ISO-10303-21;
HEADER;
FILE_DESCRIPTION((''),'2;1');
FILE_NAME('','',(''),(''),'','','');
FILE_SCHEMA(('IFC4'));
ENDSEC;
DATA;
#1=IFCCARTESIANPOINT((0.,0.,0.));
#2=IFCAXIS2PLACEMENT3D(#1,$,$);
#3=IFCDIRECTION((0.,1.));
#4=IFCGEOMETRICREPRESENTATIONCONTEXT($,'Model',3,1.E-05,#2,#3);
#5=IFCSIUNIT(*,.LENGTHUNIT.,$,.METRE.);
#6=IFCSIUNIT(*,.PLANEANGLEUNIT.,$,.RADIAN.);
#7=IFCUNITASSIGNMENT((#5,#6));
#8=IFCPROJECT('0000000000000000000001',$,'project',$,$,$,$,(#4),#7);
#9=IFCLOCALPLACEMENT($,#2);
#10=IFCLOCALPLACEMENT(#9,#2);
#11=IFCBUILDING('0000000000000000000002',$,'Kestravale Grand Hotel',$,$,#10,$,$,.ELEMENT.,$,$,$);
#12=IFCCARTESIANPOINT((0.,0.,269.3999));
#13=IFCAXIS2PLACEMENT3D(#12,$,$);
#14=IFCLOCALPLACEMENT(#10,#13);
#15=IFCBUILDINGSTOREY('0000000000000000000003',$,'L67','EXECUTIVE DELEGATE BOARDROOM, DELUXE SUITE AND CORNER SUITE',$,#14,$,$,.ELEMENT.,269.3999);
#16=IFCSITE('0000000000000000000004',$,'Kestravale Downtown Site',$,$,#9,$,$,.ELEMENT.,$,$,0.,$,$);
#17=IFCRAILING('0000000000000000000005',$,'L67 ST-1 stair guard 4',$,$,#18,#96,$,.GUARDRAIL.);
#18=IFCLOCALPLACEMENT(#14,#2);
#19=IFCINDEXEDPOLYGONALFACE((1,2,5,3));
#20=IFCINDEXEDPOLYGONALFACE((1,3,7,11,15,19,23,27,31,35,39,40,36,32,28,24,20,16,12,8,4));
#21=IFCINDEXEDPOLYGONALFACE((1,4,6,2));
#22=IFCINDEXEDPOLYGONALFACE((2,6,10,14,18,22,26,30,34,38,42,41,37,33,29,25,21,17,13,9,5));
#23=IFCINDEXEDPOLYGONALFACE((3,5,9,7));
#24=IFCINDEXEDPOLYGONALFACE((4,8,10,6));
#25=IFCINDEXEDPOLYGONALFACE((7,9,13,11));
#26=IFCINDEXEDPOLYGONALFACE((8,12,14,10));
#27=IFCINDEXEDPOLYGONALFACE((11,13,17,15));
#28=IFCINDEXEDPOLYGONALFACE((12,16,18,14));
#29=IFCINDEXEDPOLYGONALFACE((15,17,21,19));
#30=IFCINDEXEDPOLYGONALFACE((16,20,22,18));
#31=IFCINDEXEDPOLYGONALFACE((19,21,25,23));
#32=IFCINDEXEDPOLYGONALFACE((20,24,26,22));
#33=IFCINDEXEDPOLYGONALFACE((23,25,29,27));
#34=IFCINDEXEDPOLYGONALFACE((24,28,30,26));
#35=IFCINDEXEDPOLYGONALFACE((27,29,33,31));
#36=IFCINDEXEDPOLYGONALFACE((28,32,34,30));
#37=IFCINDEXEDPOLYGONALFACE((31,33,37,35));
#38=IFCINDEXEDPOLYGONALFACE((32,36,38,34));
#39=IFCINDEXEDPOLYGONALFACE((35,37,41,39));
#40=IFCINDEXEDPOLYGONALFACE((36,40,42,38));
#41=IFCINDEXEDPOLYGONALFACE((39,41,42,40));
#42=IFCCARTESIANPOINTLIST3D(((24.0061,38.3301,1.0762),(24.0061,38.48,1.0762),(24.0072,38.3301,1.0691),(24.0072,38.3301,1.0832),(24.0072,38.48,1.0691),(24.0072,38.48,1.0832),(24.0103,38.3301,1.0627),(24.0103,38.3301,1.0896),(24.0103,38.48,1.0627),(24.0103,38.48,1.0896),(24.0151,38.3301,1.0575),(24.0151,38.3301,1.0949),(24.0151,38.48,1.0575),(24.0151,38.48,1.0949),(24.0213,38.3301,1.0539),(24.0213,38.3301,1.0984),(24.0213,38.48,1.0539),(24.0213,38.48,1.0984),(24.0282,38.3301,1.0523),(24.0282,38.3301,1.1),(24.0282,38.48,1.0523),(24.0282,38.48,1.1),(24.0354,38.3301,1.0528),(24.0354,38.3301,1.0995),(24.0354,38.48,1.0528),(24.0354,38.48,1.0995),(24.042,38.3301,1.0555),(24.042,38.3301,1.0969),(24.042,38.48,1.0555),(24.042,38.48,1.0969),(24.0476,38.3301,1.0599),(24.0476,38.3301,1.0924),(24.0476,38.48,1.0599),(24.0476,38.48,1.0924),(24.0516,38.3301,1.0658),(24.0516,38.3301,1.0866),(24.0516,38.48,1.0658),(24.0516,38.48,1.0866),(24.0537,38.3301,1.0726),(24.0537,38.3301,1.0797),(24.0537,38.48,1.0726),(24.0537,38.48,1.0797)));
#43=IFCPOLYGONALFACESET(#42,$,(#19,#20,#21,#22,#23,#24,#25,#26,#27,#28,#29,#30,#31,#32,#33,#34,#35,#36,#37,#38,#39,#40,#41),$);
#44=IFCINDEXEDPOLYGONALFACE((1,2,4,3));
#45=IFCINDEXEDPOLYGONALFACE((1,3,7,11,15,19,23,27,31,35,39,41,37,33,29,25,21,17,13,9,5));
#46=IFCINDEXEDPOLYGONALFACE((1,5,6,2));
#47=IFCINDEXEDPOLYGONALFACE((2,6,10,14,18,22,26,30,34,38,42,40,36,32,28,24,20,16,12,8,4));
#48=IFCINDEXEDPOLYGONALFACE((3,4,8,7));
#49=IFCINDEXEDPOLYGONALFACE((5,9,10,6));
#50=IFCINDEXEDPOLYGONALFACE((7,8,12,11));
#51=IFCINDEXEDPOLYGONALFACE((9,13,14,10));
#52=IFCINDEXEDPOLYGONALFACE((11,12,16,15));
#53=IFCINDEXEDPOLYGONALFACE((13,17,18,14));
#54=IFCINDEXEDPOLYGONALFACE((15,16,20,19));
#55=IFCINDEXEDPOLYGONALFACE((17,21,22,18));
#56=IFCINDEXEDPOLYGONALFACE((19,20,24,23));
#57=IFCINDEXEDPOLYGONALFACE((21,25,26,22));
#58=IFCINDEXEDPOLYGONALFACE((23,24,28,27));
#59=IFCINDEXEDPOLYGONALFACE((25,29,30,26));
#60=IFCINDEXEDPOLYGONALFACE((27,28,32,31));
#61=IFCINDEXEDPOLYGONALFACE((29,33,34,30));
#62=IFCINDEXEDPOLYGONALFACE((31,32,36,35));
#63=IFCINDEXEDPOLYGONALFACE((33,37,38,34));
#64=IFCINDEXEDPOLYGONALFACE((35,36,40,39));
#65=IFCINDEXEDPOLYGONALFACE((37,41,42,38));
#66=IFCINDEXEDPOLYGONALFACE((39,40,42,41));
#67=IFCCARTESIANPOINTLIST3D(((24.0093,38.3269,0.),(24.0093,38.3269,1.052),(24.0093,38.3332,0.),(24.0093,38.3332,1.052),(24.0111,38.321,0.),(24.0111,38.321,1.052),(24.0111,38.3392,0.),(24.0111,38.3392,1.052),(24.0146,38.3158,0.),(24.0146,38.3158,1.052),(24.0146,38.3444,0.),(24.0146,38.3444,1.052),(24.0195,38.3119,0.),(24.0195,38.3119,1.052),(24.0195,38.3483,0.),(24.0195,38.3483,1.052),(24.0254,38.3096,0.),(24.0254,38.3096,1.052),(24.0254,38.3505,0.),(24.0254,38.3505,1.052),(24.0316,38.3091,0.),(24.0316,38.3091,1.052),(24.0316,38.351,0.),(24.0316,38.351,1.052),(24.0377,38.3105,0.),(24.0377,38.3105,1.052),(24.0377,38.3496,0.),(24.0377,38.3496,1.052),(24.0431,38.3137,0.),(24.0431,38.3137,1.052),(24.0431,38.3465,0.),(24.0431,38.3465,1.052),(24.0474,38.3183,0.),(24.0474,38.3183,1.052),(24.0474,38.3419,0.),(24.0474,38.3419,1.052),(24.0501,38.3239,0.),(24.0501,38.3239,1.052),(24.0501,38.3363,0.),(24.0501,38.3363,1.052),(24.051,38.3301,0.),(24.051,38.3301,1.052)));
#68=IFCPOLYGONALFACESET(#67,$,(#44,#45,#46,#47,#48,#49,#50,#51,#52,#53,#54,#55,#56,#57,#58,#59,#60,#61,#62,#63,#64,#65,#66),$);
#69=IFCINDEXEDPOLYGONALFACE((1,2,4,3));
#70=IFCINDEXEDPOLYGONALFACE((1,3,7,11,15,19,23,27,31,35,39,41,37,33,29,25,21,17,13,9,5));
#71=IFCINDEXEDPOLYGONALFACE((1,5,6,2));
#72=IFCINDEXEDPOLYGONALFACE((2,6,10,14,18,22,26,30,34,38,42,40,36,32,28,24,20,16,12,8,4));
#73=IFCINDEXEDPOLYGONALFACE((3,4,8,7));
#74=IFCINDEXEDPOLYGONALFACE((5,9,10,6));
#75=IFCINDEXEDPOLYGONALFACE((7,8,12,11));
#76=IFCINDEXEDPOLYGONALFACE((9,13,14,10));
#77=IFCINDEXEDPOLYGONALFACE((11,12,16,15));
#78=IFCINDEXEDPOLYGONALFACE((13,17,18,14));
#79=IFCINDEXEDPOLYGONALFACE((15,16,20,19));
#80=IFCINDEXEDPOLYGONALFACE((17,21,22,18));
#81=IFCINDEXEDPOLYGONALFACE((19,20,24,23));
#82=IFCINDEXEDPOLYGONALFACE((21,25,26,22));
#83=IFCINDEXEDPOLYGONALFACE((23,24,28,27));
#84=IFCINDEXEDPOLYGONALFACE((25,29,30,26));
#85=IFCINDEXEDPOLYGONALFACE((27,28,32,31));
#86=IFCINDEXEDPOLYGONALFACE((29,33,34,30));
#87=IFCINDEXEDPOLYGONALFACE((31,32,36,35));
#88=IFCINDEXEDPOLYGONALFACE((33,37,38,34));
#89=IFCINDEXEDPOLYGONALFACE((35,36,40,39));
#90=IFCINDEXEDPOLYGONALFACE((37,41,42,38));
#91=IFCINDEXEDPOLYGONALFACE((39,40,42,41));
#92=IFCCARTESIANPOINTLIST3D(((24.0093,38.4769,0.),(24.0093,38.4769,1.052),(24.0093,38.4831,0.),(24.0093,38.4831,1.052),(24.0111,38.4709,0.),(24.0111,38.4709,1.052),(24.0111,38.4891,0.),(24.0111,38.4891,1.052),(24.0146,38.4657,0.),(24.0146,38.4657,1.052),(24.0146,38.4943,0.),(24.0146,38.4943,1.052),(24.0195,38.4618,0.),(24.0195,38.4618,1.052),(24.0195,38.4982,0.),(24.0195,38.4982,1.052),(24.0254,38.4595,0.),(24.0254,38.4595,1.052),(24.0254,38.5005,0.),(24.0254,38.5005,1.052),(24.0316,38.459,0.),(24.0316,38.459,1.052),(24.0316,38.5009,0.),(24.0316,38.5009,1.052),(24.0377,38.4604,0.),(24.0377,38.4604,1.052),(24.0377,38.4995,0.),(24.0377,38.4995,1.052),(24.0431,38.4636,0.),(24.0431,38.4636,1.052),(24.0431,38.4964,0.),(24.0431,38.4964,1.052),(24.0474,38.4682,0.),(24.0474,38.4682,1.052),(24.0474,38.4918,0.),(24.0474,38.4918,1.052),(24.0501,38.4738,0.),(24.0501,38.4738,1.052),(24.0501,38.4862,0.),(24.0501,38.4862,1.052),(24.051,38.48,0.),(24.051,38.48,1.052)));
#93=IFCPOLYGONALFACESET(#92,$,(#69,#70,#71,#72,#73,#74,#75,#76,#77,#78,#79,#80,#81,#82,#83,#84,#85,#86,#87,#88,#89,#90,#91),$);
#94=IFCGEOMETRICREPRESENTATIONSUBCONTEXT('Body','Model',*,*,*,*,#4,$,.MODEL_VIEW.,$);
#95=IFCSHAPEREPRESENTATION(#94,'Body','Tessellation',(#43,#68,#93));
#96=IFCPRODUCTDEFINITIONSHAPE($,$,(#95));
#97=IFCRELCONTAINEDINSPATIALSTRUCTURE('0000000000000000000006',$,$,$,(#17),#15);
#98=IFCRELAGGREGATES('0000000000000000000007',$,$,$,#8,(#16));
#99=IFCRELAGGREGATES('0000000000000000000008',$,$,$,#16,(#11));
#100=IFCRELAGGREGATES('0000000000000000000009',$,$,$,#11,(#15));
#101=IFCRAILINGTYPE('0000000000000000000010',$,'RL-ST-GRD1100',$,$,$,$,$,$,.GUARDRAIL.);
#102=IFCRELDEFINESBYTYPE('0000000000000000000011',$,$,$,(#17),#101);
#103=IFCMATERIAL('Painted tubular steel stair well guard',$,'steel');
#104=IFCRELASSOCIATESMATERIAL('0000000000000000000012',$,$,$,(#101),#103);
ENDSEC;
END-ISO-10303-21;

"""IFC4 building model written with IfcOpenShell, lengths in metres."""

from ifc_helpers import new_model, si_unit, direction, frame, origin, origin_2d, place, context, subcontext, project, spatial, circle, extrude, material, type_object, element, save


model = new_model("IFC4")

# Units and contexts
model_context = context("Model", 3, precision=1e-05, world=origin(), true_north=direction((0.0, 1.0)))
body_context = subcontext(model_context, "Body", "Model", "MODEL_VIEW")
ifc_project = project(units=[si_unit("LENGTHUNIT", "METRE"), si_unit("PLANEANGLEUNIT", "RADIAN")], contexts=[model_context])

# Site, building, storey
site_placement = place(None, origin())
site = spatial("IfcSite", under=ifc_project, at=site_placement, Name="Kestravale Downtown Site", CompositionType="ELEMENT", RefElevation=0.0)
building_placement = place(site_placement, origin())
building = spatial("IfcBuilding", under=site, at=building_placement, Name="Kestravale Grand Hotel", CompositionType="ELEMENT")
storey_placement = place(building_placement, frame((0.0, 0.0, 269.3999)))
storey = spatial("IfcBuildingStorey", under=building, at=storey_placement, Name="L67", Description="EXECUTIVE DELEGATE BOARDROOM, DELUXE SUITE AND CORNER SUITE", CompositionType="ELEMENT", Elevation=269.3999)

# Railing
ifc_material_1 = material(Name="Painted tubular steel stair well guard", Category="steel")
railing_type_1 = type_object("IfcRailingType", Name="RL-ST-GRD1100", PredefinedType="GUARDRAIL", material=ifc_material_1)
railing_1_placement = place(storey_placement, frame((24.03, 38.3301, 0.0)))
element("IfcRailing", 1, at=railing_1_placement, inside=storey, type_object=railing_type_1, Name="L67 ST-1 stair guard 4", PredefinedType="GUARDRAIL", context=body_context, shape_type="SweptSolid", body=[
    extrude(circle(Radius=0.0239, at=origin_2d()), frame((0.0, 0.0, 1.0762), z_axis=(0.0, 1.0, 0.0), x_axis=(-1.0, 0.0, 0.0)), (0.0, 0.0, 1.0), 0.1499),
    extrude(circle(Radius=0.021, at=origin_2d()), origin(), (0.0, 0.0, 1.0), 1.052),
    extrude(circle(Radius=0.021, at=origin_2d()), frame((0.0, 0.1499, 0.0)), (0.0, 0.0, 1.0), 1.052),
])

save(model, "model.ifc")
